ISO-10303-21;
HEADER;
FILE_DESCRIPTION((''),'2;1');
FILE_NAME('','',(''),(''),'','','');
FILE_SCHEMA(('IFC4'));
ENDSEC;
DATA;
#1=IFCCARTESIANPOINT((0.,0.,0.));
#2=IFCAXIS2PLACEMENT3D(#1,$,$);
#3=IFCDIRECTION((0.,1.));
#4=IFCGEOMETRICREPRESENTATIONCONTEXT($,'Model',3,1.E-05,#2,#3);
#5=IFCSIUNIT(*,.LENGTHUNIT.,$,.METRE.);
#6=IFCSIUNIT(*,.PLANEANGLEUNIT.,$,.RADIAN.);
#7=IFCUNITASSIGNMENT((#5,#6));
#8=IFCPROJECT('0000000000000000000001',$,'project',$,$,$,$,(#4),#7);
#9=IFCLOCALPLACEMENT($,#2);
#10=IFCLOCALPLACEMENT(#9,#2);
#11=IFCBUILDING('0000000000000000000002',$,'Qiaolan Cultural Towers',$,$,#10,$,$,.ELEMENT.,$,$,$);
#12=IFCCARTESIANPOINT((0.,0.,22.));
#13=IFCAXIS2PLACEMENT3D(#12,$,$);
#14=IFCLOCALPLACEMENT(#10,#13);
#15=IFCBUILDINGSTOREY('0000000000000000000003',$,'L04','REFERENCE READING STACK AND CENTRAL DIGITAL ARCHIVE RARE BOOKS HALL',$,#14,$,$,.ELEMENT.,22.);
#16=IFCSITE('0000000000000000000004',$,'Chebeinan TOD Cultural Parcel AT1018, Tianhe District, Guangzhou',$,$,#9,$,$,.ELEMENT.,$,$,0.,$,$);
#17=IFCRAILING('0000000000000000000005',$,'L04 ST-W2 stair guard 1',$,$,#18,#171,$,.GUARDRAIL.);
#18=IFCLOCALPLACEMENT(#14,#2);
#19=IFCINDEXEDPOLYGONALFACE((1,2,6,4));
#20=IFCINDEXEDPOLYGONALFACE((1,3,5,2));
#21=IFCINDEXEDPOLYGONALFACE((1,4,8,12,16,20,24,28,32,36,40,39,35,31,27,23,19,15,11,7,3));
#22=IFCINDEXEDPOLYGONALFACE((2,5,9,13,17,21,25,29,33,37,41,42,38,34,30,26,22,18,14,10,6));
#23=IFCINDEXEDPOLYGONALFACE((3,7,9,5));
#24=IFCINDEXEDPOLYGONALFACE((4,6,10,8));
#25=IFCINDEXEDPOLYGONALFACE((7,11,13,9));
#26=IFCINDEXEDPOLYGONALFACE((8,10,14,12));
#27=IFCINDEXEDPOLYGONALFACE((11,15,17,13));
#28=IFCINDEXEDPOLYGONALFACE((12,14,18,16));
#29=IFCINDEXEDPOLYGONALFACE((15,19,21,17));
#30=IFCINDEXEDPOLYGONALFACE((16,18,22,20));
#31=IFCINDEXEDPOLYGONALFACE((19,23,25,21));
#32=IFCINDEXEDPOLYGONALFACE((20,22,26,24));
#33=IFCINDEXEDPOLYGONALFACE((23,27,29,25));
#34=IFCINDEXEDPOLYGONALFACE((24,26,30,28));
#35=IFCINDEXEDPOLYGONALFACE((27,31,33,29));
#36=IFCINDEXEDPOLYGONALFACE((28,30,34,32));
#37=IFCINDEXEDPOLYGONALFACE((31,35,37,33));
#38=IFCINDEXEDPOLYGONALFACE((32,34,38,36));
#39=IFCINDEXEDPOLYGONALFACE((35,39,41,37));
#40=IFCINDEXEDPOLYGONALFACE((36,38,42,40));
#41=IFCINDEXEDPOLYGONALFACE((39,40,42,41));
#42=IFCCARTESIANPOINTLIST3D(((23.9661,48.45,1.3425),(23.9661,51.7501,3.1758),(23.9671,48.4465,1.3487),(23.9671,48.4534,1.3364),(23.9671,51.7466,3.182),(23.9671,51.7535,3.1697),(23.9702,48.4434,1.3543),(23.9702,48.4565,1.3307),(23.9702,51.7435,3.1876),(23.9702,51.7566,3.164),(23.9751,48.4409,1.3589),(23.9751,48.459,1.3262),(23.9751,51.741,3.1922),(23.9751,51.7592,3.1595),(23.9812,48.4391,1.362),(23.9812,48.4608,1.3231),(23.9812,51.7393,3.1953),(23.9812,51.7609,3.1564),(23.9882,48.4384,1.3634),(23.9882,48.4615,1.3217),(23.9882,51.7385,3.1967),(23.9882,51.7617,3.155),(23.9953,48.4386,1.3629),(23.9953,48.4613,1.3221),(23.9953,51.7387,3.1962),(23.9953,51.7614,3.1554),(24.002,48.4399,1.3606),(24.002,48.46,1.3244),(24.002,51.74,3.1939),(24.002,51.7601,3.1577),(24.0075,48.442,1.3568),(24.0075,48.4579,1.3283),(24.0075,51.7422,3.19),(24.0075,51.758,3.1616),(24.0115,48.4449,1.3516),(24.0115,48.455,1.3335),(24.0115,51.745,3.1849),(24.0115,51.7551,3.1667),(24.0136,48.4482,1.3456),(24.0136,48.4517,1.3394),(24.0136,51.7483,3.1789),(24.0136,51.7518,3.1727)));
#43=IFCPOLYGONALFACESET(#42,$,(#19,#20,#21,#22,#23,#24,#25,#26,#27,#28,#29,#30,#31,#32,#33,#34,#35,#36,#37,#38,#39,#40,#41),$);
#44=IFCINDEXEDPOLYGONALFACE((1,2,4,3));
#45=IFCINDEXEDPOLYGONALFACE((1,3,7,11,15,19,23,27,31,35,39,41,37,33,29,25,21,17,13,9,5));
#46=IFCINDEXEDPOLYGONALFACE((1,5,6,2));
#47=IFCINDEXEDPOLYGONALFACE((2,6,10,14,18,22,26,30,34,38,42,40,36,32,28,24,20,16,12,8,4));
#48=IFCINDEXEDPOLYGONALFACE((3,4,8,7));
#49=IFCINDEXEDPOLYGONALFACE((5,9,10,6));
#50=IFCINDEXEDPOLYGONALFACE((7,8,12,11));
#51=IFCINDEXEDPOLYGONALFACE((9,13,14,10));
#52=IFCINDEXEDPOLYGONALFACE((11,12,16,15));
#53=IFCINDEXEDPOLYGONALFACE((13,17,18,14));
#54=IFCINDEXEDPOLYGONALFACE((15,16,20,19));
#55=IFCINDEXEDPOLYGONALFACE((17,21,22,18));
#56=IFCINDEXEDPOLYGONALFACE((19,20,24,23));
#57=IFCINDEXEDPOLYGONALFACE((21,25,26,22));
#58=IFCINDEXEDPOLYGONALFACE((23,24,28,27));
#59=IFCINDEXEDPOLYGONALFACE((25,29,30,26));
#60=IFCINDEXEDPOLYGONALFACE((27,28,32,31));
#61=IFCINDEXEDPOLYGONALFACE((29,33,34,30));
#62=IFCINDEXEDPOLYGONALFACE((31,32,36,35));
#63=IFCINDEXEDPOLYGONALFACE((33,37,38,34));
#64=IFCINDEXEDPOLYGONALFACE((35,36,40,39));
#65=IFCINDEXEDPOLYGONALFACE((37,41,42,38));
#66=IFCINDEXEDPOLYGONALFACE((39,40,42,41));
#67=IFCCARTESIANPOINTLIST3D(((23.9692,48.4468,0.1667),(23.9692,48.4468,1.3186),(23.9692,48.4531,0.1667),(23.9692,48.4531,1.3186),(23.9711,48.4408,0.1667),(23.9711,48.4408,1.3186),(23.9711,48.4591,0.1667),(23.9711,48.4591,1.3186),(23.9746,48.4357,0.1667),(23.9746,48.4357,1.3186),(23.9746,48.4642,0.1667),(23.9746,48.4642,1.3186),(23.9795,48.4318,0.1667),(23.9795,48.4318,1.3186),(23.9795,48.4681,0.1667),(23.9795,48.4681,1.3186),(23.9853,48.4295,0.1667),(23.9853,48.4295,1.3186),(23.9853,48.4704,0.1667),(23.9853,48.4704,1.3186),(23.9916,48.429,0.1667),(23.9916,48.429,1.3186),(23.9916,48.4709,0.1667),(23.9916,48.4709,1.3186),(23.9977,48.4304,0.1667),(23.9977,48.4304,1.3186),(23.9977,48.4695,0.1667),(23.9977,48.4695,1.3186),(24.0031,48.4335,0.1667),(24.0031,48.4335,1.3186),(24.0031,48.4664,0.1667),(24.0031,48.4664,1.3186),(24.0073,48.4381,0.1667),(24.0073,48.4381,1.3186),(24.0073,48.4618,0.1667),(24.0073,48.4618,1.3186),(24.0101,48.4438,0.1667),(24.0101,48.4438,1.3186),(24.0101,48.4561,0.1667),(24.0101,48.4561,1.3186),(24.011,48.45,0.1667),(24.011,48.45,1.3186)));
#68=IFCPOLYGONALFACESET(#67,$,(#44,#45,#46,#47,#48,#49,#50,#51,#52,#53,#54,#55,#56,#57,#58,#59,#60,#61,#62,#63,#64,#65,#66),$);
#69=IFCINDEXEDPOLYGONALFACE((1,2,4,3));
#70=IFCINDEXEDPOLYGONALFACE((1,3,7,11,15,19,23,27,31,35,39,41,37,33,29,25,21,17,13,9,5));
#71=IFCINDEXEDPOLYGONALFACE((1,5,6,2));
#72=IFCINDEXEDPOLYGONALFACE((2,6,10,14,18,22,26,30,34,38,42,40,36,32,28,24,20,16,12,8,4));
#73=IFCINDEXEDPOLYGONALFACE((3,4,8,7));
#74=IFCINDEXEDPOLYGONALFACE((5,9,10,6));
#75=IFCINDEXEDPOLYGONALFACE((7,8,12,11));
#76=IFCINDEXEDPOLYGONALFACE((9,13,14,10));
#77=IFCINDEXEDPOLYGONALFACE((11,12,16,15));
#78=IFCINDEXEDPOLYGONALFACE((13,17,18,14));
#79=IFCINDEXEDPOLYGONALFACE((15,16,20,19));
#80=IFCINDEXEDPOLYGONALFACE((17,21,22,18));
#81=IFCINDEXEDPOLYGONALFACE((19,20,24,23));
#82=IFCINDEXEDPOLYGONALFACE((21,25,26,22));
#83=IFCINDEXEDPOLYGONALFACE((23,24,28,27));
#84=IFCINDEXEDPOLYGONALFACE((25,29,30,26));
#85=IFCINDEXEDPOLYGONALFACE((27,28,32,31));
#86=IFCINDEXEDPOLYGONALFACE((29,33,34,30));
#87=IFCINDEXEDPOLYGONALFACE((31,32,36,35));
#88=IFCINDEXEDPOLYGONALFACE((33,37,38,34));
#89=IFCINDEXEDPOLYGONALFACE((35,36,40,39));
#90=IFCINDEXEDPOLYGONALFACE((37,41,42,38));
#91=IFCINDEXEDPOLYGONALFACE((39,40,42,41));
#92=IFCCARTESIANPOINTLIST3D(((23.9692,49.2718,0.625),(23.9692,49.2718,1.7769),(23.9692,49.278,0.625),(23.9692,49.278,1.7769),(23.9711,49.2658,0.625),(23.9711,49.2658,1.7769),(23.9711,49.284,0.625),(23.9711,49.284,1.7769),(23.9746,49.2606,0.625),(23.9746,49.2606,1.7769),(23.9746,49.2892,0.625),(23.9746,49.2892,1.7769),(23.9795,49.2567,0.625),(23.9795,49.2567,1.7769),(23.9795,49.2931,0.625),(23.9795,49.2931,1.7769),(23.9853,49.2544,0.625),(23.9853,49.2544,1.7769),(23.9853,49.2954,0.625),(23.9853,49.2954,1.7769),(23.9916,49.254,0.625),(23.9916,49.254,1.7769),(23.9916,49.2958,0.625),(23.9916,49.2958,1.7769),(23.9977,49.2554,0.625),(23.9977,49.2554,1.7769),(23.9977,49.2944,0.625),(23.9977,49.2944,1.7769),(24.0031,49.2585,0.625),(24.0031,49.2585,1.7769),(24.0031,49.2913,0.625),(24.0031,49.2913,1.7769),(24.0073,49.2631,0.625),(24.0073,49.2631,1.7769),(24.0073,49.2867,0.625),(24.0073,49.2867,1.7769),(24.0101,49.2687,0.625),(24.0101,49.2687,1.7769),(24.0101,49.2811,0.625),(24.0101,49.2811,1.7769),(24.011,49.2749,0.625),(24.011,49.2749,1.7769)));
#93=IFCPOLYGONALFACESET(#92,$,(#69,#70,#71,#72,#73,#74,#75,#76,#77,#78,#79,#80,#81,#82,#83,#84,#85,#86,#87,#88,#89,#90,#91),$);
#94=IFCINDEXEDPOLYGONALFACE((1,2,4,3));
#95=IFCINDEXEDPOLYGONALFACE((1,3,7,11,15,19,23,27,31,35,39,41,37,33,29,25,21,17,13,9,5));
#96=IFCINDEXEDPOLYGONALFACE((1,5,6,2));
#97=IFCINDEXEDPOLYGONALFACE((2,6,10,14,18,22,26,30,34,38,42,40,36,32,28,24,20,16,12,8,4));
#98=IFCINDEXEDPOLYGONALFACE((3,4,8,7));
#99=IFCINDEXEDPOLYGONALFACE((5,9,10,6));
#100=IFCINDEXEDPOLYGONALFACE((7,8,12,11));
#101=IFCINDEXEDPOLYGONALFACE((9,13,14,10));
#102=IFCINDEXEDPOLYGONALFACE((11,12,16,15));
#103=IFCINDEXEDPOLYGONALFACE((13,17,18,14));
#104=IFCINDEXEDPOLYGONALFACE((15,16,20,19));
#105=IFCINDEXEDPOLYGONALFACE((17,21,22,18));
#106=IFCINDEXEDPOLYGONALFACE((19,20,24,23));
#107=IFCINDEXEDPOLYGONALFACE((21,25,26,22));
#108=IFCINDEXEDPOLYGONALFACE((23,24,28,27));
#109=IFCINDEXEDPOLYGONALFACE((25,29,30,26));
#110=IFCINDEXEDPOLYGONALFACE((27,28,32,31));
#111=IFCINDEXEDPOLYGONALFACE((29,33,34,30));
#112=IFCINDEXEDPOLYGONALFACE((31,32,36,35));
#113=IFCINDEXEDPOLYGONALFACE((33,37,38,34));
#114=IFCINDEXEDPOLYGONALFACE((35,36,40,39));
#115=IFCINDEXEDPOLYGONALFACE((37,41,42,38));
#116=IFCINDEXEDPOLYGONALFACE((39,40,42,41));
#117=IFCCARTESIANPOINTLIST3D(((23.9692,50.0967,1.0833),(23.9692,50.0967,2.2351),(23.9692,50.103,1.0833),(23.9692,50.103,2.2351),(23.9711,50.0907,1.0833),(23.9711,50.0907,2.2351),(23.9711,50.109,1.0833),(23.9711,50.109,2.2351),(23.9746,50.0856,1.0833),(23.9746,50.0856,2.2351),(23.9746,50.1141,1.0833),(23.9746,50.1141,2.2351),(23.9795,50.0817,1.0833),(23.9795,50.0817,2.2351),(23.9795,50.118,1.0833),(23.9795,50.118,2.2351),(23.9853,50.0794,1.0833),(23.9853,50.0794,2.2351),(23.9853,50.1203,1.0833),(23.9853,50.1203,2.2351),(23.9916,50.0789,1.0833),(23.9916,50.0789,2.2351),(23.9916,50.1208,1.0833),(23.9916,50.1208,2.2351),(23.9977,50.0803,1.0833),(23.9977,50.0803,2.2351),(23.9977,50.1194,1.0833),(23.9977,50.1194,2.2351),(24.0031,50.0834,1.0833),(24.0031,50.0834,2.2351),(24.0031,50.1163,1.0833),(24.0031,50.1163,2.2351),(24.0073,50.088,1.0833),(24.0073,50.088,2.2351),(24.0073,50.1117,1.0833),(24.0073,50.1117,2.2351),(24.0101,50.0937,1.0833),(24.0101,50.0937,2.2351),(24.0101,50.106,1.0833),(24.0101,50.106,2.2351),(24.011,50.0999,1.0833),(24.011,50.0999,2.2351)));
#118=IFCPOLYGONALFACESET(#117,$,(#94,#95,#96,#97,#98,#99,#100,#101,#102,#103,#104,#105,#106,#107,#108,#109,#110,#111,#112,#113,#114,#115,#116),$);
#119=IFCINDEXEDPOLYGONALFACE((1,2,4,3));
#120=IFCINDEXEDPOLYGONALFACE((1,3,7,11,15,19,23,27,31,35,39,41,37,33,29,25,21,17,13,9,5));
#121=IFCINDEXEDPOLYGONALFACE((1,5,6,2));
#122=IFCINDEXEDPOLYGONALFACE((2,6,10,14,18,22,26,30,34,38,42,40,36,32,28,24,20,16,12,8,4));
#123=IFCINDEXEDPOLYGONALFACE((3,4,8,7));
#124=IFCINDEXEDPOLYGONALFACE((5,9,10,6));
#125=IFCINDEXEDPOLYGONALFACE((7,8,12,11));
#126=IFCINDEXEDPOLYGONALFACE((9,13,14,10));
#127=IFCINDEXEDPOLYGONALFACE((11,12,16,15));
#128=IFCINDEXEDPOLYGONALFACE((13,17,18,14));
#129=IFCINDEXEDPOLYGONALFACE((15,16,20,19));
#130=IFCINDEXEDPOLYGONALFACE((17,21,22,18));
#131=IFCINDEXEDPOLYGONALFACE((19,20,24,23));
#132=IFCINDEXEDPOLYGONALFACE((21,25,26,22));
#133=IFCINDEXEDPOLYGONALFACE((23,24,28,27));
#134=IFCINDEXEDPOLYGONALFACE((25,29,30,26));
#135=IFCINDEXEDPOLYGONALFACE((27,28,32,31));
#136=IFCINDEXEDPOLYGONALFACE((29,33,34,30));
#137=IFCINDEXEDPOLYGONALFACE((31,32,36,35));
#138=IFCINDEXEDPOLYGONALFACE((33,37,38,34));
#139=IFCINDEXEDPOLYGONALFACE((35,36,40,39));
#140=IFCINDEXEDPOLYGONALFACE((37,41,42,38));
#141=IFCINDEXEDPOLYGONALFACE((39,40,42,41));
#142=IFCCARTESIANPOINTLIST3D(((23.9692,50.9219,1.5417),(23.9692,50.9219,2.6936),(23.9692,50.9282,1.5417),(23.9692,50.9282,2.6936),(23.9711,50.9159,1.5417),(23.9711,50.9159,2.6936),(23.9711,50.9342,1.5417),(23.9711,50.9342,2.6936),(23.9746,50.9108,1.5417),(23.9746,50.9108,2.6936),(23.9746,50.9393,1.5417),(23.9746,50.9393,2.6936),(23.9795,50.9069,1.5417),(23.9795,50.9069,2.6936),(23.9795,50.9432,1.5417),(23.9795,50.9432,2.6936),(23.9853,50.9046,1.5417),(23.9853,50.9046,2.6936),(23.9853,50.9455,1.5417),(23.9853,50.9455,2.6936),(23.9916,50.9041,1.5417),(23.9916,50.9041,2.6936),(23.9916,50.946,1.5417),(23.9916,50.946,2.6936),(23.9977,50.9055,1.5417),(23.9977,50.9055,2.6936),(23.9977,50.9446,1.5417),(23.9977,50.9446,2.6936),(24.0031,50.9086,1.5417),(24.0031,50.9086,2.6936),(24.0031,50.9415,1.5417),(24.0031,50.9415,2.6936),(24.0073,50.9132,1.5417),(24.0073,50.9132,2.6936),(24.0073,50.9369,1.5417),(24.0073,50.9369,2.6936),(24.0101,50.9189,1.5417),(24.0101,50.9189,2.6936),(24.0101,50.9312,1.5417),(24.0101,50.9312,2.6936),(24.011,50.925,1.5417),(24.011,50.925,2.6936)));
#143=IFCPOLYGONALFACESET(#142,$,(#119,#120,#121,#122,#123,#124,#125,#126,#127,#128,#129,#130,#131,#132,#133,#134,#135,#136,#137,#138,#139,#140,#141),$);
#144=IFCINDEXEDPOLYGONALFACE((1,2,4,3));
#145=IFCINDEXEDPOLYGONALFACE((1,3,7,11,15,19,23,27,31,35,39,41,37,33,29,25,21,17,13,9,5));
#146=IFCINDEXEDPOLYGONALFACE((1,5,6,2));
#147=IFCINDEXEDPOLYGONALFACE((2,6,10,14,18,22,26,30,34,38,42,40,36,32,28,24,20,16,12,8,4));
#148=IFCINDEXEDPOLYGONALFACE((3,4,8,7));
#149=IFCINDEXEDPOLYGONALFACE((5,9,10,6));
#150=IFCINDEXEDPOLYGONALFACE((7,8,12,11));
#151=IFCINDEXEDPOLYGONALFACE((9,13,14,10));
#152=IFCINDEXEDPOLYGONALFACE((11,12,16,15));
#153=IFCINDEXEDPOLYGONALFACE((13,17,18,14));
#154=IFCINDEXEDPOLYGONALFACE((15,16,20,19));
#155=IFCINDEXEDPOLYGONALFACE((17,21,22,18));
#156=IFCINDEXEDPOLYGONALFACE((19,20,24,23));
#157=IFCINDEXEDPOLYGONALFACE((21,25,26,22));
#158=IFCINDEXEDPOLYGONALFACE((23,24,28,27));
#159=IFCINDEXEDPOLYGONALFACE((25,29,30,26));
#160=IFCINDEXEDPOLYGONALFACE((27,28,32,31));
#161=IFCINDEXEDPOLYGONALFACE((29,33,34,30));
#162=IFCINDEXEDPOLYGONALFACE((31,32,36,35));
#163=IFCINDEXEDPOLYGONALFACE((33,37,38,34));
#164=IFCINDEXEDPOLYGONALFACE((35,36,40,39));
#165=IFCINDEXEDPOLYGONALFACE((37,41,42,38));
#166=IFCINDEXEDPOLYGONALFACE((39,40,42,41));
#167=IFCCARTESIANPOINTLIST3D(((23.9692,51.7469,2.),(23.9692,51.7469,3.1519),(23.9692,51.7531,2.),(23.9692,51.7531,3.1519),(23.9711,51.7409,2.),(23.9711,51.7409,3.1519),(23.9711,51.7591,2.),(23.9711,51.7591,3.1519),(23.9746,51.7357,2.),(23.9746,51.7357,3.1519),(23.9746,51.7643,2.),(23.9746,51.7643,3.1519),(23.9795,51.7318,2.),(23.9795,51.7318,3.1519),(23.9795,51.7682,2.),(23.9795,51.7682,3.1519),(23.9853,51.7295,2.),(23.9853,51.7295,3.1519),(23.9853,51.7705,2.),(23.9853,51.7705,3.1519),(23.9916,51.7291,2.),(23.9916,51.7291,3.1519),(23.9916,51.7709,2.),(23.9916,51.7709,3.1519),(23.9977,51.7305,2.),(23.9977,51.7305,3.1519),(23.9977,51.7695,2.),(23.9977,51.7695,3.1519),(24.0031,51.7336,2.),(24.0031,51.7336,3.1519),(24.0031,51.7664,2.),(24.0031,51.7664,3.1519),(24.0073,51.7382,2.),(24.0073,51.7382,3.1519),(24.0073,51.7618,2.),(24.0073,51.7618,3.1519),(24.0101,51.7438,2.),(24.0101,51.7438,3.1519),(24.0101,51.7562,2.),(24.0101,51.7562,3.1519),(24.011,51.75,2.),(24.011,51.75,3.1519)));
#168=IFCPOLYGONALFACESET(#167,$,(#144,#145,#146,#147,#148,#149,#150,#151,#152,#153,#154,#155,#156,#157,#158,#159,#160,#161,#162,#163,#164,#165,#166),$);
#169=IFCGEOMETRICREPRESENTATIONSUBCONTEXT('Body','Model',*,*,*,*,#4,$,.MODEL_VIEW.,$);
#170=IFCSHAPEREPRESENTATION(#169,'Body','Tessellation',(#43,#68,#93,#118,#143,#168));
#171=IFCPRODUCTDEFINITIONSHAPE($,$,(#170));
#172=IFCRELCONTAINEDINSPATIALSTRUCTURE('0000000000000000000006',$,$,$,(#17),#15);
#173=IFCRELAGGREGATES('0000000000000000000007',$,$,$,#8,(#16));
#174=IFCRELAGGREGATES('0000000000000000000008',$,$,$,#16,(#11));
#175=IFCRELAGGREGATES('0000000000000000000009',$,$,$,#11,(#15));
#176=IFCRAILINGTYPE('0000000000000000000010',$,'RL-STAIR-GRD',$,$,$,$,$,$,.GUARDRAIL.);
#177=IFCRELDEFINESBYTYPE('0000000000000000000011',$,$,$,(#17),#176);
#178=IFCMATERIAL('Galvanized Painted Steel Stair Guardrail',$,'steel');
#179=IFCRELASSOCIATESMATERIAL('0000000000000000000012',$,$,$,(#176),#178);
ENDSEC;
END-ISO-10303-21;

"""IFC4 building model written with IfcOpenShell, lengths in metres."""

from ifc_helpers import new_model, si_unit, direction, frame, origin, origin_2d, place, context, subcontext, project, spatial, circle, extrude, material, type_object, element, save


model = new_model("IFC4")

# Units and contexts
model_context = context("Model", 3, precision=1e-05, world=origin(), true_north=direction((0.0, 1.0)))
body_context = subcontext(model_context, "Body", "Model", "MODEL_VIEW")
ifc_project = project(units=[si_unit("LENGTHUNIT", "METRE"), si_unit("PLANEANGLEUNIT", "RADIAN")], contexts=[model_context])

# Site, building, storey
site_placement = place(None, origin())
site = spatial("IfcSite", under=ifc_project, at=site_placement, Name="Chebeinan TOD Cultural Parcel AT1018, Tianhe District, Guangzhou", CompositionType="ELEMENT", RefElevation=0.0)
building_placement = place(site_placement, origin())
building = spatial("IfcBuilding", under=site, at=building_placement, Name="Qiaolan Cultural Towers", CompositionType="ELEMENT")
storey_placement = place(building_placement, frame((0.0, 0.0, 22.0)))
storey = spatial("IfcBuildingStorey", under=building, at=storey_placement, Name="L04", Description="REFERENCE READING STACK AND CENTRAL DIGITAL ARCHIVE RARE BOOKS HALL", CompositionType="ELEMENT", Elevation=22.0)

# Railing
ifc_material_1 = material(Name="Galvanized Painted Steel Stair Guardrail", Category="steel")
railing_type_1 = type_object("IfcRailingType", Name="RL-STAIR-GRD", PredefinedType="GUARDRAIL", material=ifc_material_1)
railing_1_placement = place(storey_placement, frame((23.99, 48.45, 0.1667)))
element("IfcRailing", 1, at=railing_1_placement, inside=storey, type_object=railing_type_1, Name="L04 ST-W2 stair guard 1", PredefinedType="GUARDRAIL", context=body_context, shape_type="SweptSolid", body=[
    extrude(circle(Radius=0.0239, at=origin_2d()), frame((0.0, 0.0, 1.1758), z_axis=(0.0, 0.874169, 0.485621), x_axis=(-1.0, 0.0, 0.0)), (0.0, 0.0, 1.0), 3.7751),
    extrude(circle(Radius=0.021, at=origin_2d()), origin(), (0.0, 0.0, 1.0), 1.1519),
    extrude(circle(Radius=0.021, at=origin_2d()), frame((0.0, 0.825, 0.4583)), (0.0, 0.0, 1.0), 1.1519),
    extrude(circle(Radius=0.021, at=origin_2d()), frame((0.0, 1.6499, 0.9165)), (0.0, 0.0, 1.0), 1.1519),
    extrude(circle(Radius=0.021, at=origin_2d()), frame((0.0, 2.4751, 1.375)), (0.0, 0.0, 1.0), 1.1519),
    extrude(circle(Radius=0.021, at=origin_2d()), frame((0.0, 3.3, 1.8333)), (0.0, 0.0, 1.0), 1.1519),
])

save(model, "model.ifc")
